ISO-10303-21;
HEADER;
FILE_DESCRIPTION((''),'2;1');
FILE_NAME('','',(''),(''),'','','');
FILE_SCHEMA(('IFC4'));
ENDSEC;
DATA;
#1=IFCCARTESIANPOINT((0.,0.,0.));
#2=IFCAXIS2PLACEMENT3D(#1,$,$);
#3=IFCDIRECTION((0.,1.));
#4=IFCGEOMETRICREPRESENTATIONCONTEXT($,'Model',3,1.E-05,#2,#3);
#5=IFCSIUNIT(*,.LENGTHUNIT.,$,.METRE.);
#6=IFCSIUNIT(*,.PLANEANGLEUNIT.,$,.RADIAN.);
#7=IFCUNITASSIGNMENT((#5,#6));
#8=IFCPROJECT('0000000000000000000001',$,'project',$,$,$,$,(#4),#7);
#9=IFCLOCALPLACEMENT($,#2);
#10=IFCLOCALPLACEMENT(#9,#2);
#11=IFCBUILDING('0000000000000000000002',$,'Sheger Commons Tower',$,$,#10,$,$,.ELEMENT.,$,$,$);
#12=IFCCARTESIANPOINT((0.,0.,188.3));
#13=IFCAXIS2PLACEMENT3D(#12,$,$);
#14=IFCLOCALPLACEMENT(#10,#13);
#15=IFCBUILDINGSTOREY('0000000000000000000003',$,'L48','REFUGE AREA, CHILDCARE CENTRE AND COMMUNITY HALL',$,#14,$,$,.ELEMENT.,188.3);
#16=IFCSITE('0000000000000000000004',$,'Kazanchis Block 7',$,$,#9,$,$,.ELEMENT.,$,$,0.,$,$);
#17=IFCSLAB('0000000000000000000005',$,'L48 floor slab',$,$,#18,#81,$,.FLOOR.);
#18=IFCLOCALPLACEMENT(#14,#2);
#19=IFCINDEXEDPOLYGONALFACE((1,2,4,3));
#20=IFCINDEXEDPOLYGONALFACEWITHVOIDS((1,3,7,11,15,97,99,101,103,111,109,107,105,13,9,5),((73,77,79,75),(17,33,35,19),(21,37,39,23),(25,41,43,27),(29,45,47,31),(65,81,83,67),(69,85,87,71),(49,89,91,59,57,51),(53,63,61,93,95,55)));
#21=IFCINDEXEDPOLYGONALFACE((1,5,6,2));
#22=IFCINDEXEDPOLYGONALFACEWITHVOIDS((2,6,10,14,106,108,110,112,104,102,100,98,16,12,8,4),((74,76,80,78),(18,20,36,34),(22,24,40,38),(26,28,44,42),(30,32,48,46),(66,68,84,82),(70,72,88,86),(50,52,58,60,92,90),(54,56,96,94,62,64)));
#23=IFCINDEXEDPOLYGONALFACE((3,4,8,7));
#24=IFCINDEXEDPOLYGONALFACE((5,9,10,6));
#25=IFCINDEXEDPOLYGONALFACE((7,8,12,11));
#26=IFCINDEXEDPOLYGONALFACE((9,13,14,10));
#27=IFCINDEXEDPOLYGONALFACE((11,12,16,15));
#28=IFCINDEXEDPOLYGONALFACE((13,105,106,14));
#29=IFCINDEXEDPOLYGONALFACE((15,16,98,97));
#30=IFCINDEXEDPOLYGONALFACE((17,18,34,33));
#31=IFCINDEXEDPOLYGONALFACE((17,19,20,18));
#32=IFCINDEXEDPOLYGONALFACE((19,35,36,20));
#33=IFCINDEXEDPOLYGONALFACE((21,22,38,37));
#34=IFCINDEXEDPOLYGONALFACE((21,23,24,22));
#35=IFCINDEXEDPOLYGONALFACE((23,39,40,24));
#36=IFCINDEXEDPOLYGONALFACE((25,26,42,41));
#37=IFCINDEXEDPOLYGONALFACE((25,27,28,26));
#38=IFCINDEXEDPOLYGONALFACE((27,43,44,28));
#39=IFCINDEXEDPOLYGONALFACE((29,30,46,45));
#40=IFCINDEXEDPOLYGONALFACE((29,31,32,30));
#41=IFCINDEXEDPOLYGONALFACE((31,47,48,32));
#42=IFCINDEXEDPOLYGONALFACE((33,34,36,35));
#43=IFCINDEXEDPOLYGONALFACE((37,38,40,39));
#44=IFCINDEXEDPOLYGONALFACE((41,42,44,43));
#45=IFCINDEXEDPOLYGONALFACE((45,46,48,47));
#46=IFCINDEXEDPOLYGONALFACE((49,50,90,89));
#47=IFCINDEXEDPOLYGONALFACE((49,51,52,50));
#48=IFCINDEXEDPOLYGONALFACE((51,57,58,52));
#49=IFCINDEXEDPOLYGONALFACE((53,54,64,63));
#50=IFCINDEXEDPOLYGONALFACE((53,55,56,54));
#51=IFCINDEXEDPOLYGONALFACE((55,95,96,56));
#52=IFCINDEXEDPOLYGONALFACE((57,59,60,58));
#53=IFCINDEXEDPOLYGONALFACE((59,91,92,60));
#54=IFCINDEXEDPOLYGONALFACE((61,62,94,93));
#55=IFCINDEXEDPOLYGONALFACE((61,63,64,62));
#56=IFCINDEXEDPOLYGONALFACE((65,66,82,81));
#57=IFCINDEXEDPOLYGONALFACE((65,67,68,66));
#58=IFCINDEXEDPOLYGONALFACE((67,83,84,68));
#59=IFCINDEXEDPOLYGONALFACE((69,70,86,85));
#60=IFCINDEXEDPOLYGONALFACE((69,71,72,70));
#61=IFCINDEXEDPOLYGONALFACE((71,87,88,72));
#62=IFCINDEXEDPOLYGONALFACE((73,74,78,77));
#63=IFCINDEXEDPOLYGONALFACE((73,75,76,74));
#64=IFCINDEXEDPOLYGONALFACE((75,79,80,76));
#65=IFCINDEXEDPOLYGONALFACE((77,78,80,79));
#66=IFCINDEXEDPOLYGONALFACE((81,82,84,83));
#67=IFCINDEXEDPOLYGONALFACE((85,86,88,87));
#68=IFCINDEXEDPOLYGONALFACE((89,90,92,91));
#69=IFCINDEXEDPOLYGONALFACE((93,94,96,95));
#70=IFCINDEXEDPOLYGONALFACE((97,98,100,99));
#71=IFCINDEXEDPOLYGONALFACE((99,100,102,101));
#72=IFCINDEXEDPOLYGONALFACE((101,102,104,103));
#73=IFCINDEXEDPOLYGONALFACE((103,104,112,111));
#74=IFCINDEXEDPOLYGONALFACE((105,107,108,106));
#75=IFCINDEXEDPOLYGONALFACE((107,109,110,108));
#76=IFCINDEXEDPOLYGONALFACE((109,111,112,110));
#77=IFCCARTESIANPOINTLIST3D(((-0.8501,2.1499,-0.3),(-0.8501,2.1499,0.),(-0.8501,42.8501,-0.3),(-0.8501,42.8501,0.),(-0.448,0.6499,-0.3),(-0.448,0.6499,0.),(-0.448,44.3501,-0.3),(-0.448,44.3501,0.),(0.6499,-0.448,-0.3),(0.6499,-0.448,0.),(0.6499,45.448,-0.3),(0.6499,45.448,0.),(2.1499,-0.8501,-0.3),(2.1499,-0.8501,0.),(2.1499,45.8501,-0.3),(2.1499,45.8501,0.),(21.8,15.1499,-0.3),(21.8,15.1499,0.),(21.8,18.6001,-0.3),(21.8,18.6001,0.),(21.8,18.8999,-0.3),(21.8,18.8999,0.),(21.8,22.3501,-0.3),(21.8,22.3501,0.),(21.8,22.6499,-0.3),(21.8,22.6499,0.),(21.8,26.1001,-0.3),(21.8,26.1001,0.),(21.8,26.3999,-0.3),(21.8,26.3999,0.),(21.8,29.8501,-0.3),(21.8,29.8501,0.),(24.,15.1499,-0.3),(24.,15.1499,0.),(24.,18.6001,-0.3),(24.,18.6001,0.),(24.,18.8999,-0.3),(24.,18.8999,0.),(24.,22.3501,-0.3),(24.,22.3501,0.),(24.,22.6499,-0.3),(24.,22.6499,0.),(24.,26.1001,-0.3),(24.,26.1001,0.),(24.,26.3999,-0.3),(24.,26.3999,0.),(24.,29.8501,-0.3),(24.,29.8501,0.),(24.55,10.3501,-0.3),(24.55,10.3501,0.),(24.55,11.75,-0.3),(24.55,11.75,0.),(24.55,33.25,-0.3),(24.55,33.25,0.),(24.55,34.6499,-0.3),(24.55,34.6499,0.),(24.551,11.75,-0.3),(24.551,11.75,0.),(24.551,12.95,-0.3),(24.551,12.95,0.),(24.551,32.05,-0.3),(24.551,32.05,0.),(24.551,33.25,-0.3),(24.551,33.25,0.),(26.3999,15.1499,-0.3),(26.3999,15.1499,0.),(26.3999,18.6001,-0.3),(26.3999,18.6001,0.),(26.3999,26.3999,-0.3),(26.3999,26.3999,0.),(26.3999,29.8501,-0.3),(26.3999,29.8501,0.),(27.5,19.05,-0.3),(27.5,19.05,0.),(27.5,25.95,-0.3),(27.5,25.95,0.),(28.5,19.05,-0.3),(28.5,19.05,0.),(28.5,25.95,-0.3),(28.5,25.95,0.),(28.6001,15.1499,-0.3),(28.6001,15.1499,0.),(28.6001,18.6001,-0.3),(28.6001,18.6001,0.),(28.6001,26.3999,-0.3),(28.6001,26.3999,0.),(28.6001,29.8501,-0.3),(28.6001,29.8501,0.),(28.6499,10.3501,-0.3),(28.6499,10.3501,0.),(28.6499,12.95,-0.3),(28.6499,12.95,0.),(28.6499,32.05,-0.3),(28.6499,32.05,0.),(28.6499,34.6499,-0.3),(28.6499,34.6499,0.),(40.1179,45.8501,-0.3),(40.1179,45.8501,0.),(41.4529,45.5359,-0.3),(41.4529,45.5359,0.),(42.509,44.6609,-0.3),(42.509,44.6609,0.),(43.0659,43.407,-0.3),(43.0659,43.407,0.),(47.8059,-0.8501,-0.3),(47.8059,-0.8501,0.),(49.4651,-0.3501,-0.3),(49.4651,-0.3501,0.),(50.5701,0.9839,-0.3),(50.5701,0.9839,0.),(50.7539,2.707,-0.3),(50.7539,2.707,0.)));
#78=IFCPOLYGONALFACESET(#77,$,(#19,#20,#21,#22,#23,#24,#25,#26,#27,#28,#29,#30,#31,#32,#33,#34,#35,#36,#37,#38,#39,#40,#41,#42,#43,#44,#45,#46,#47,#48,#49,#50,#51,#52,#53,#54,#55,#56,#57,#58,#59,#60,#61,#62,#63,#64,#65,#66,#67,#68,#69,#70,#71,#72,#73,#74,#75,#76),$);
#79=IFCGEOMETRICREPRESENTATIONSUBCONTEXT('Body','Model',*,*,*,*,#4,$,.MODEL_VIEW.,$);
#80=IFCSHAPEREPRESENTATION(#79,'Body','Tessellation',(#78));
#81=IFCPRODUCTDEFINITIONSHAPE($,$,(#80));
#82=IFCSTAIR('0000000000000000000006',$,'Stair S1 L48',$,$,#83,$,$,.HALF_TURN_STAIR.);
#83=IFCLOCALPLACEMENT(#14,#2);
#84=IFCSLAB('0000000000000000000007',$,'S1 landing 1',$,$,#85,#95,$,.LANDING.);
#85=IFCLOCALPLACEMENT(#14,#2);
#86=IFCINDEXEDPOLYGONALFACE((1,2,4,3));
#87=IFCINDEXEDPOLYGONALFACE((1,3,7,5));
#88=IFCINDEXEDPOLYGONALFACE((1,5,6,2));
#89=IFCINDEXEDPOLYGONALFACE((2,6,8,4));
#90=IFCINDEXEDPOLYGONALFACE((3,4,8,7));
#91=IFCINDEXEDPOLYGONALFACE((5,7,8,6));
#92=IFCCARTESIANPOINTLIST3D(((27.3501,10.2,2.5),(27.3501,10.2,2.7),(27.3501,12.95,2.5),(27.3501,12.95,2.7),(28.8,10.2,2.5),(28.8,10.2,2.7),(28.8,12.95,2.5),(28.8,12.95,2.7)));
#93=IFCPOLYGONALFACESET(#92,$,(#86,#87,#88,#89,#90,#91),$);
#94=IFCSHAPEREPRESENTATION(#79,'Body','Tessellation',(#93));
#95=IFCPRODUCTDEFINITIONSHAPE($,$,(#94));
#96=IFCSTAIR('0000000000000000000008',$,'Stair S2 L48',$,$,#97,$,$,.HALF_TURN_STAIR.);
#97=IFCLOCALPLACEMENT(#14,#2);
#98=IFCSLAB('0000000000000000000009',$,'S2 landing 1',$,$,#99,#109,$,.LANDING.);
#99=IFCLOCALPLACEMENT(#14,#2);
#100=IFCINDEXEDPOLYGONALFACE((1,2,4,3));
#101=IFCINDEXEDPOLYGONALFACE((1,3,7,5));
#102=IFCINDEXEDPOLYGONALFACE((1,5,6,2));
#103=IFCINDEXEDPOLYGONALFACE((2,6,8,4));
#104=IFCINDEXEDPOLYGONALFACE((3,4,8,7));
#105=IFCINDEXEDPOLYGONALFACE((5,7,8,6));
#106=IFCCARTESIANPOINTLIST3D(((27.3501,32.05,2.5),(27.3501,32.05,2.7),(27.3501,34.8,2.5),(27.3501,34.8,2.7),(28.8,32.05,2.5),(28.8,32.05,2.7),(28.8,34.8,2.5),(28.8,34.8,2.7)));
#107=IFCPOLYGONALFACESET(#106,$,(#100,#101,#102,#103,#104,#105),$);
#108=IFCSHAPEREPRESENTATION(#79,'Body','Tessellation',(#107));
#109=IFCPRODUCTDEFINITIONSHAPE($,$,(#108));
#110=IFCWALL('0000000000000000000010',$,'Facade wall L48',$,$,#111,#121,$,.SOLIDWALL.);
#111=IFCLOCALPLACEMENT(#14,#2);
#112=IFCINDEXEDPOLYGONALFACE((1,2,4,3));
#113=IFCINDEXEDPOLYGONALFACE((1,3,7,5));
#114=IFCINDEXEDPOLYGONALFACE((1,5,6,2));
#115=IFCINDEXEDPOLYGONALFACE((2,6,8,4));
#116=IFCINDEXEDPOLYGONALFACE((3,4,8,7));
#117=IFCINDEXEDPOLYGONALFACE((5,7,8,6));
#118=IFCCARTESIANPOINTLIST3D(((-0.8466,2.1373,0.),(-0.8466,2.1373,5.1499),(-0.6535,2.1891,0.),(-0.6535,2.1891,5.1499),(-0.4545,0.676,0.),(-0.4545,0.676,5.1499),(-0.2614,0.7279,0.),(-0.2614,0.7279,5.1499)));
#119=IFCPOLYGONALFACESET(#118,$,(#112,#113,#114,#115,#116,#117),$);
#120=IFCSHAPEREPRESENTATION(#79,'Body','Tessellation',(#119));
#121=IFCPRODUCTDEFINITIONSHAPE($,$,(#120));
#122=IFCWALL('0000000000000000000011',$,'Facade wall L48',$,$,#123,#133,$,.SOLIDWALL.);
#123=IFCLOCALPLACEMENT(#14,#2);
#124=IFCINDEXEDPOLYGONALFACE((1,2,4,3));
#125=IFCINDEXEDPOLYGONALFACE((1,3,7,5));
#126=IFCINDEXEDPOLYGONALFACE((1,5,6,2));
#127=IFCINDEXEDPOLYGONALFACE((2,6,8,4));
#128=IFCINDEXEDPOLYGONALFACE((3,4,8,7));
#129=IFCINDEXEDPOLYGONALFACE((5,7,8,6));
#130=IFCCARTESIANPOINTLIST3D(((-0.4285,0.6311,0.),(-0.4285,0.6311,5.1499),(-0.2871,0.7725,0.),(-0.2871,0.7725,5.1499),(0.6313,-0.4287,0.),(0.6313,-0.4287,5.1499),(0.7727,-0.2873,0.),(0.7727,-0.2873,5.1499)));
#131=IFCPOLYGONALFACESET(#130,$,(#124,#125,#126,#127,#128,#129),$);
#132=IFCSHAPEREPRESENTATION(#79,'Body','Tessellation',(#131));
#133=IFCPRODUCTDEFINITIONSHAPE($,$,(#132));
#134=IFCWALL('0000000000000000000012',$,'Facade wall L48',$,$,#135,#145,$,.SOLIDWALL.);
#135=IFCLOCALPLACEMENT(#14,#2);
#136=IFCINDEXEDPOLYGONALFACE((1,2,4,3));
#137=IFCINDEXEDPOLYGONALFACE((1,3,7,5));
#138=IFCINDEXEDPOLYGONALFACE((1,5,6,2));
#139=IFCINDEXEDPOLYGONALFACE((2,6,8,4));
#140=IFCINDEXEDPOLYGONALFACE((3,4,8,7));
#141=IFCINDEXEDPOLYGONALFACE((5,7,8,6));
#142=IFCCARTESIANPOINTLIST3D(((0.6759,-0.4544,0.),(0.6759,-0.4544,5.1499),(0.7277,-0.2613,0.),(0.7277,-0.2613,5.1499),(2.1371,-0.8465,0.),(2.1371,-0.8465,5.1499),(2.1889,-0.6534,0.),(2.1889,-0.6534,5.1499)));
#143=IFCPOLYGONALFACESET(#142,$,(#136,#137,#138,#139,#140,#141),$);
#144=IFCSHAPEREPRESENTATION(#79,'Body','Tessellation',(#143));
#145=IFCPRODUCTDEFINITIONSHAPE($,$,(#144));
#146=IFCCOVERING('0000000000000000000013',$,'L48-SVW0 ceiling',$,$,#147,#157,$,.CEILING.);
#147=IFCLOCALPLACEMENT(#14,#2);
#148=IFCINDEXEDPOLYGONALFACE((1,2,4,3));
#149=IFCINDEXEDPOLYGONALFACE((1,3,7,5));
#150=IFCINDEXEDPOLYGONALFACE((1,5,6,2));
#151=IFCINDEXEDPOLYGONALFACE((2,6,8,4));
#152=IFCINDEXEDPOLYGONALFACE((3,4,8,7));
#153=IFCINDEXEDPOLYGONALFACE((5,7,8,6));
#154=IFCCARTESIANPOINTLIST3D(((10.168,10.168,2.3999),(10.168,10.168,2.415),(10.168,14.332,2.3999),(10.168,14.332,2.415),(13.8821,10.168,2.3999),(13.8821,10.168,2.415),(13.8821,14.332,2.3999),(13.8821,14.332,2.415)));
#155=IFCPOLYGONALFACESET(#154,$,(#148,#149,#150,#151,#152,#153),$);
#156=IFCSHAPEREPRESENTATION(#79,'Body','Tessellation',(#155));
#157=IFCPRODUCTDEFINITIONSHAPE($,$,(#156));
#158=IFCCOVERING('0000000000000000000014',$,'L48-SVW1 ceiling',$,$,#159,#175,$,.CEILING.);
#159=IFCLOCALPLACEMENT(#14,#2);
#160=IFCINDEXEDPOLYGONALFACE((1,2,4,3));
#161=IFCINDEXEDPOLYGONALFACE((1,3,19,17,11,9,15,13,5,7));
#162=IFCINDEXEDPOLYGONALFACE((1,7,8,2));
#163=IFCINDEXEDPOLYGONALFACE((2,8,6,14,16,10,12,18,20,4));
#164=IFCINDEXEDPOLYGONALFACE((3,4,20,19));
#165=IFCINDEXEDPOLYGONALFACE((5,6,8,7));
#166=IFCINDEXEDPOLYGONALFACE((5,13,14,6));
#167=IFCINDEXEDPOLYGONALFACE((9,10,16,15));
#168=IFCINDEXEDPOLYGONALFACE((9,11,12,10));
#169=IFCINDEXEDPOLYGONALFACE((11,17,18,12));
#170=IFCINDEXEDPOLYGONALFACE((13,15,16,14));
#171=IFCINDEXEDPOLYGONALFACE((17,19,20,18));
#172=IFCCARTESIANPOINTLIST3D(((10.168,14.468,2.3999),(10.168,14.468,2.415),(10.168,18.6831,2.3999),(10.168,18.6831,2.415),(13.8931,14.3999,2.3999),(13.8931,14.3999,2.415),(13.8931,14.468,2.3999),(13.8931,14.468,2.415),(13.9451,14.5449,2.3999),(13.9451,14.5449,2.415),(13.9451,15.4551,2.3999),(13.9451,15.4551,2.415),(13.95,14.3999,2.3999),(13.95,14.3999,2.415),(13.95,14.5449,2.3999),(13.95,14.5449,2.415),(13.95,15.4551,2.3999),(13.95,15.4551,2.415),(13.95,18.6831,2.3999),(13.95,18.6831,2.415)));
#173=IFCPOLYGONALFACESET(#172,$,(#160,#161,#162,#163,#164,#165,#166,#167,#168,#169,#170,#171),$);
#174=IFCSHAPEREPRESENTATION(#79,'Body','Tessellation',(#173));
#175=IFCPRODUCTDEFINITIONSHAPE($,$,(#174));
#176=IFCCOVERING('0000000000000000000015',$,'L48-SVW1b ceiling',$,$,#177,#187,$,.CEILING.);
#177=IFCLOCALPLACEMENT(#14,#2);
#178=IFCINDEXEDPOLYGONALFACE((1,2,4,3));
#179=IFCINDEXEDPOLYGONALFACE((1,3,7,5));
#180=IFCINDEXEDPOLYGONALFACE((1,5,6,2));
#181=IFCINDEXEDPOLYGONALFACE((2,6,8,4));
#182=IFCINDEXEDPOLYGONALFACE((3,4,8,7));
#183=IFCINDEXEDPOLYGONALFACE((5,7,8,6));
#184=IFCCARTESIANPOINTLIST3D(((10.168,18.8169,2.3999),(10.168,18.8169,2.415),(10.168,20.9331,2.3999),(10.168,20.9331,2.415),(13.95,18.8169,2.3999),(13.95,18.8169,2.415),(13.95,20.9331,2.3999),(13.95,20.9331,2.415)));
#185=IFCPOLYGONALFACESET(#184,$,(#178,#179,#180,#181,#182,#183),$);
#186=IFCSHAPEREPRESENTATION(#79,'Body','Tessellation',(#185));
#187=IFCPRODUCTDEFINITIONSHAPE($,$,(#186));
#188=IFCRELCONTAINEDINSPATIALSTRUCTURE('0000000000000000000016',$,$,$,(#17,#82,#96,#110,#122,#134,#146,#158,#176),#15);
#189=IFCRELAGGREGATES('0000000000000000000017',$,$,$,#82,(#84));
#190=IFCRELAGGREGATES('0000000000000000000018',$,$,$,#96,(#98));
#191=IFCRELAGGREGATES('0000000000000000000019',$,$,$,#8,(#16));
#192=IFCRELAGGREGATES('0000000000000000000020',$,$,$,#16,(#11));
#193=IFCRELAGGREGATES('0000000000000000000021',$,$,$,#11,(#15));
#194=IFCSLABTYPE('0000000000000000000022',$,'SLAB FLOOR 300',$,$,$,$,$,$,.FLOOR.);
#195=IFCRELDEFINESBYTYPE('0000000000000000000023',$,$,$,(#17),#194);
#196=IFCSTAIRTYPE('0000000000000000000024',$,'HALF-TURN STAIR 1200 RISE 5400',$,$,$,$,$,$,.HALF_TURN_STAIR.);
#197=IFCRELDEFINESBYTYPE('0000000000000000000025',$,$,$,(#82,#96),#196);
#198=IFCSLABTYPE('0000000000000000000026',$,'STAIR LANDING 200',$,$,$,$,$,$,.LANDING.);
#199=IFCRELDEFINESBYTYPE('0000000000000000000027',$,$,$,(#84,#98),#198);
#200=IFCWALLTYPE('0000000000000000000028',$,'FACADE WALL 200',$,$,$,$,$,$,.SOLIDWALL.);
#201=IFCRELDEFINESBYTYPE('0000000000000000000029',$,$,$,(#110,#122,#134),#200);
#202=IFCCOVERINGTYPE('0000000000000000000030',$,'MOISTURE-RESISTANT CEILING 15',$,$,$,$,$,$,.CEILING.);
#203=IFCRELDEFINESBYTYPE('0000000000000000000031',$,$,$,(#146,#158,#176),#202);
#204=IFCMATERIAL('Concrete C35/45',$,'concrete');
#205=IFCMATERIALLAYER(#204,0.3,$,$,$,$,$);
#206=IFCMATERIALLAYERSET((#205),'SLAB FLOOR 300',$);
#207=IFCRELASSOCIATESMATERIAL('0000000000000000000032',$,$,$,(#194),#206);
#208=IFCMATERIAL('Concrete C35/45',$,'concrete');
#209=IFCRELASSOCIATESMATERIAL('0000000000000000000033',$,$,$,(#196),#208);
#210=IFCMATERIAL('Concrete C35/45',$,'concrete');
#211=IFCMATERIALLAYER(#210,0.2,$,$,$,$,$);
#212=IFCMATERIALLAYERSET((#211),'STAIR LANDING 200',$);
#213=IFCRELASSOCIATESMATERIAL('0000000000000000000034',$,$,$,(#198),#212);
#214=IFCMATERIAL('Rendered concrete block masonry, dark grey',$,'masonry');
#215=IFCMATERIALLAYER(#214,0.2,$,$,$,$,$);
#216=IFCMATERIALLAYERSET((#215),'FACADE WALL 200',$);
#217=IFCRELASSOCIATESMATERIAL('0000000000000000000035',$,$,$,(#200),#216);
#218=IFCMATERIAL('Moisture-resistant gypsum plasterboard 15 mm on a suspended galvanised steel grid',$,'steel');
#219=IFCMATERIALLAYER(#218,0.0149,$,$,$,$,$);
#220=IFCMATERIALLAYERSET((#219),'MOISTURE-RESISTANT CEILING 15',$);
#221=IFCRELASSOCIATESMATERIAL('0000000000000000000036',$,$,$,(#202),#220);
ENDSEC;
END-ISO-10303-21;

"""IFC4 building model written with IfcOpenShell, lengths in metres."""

from ifc_helpers import new_model, si_unit, direction, frame, frame_2d, origin, place, context, subcontext, project, spatial, polyline, rectangle, outline, extrude, material, layer, layer_set, type_object, element, aggregate, save


model = new_model("IFC4")

# Units and contexts
model_context = context("Model", 3, precision=1e-05, world=origin(), true_north=direction((0.0, 1.0)))
body_context = subcontext(model_context, "Body", "Model", "MODEL_VIEW")
ifc_project = project(units=[si_unit("LENGTHUNIT", "METRE"), si_unit("PLANEANGLEUNIT", "RADIAN")], contexts=[model_context])

# Site, building, storey
site_placement = place(None, origin())
site = spatial("IfcSite", under=ifc_project, at=site_placement, Name="Kazanchis Block 7", CompositionType="ELEMENT", RefElevation=0.0)
building_placement = place(site_placement, origin())
building = spatial("IfcBuilding", under=site, at=building_placement, Name="Sheger Commons Tower", CompositionType="ELEMENT")
storey_placement = place(building_placement, frame((0.0, 0.0, 188.3)))
storey = spatial("IfcBuildingStorey", under=building, at=storey_placement, Name="L48", Description="REFUGE AREA, CHILDCARE CENTRE AND COMMUNITY HALL", CompositionType="ELEMENT", Elevation=188.3)

# Slab
ifc_material_1 = material(Name="Concrete C35/45", Category="concrete")
ifc_layer_1 = layer(ifc_material_1, 0.3)
ifc_layer_set_1 = layer_set([ifc_layer_1], Name="SLAB FLOOR 300")
slab_type_1 = type_object("IfcSlabType", Name="SLAB FLOOR 300", PredefinedType="FLOOR", material=ifc_layer_set_1)
slab_1_placement = place(storey_placement, frame((0.0, 0.0, -0.3)))
element("IfcSlab", 1, at=slab_1_placement, inside=storey, type_object=slab_type_1, Name="L48 floor slab", PredefinedType="FLOOR", context=body_context, shape_type="SweptSolid", body=[
    extrude(outline(polyline([(-0.8501, 2.1499), (-0.448, 0.6499), (0.6499, -0.448), (2.1499, -0.8501), (47.8059, -0.8501), (49.4651, -0.3501), (50.5701, 0.9839), (50.7539, 2.707), (43.0659, 43.407), (42.509, 44.6609), (41.4529, 45.5359), (40.1179, 45.8501), (2.1499, 45.8501), (0.6499, 45.448), (-0.448, 44.3501), (-0.8501, 42.8501), (-0.8501, 2.1499)]), holes=[polyline([(24.55, 10.3501), (28.6499, 10.3501), (28.6499, 12.95), (24.551, 12.95), (24.551, 11.75), (24.55, 11.75), (24.55, 10.3501)]), polyline([(24.551, 32.05), (28.6499, 32.05), (28.6499, 34.6499), (24.55, 34.6499), (24.55, 33.25), (24.551, 33.25), (24.551, 32.05)]), polyline([(26.3999, 15.1499), (28.6001, 15.1499), (28.6001, 18.6001), (26.3999, 18.6001), (26.3999, 15.1499)]), polyline([(26.3999, 26.3999), (28.6001, 26.3999), (28.6001, 29.8501), (26.3999, 29.8501), (26.3999, 26.3999)]), polyline([(21.8, 15.1499), (24.0, 15.1499), (24.0, 18.6001), (21.8, 18.6001), (21.8, 15.1499)]), polyline([(21.8, 18.8999), (24.0, 18.8999), (24.0, 22.3501), (21.8, 22.3501), (21.8, 18.8999)]), polyline([(21.8, 22.6499), (24.0, 22.6499), (24.0, 26.1001), (21.8, 26.1001), (21.8, 22.6499)]), polyline([(21.8, 26.3999), (24.0, 26.3999), (24.0, 29.8501), (21.8, 29.8501), (21.8, 26.3999)]), polyline([(27.5, 19.05), (28.5, 19.05), (28.5, 25.95), (27.5, 25.95), (27.5, 19.05)])]), origin(), (0.0, 0.0, 1.0), 0.3),
])

# Stairs, slabs
ifc_material_2 = material(Name="Concrete C35/45", Category="concrete")
stair_type = type_object("IfcStairType", Name="HALF-TURN STAIR 1200 RISE 5400", PredefinedType="HALF_TURN_STAIR", material=ifc_material_2)
stair_1_placement = place(storey_placement, origin())
stair_1 = element("IfcStair", 2, at=stair_1_placement, inside=storey, type_object=stair_type, Name="Stair S1 L48", PredefinedType="HALF_TURN_STAIR")
ifc_material_3 = material(Name="Concrete C35/45", Category="concrete")
ifc_layer_2 = layer(ifc_material_3, 0.2)
ifc_layer_set_2 = layer_set([ifc_layer_2], Name="STAIR LANDING 200")
slab_type_2 = type_object("IfcSlabType", Name="STAIR LANDING 200", PredefinedType="LANDING", material=ifc_layer_set_2)
slab_2_placement = place(storey_placement, frame((0.0, 0.0, 2.5)))
slab_2 = element("IfcSlab", 3, at=slab_2_placement, type_object=slab_type_2, Name="S1 landing 1", PredefinedType="LANDING", context=body_context, shape_type="SweptSolid", body=[
    extrude(outline(polyline([(27.3501, 10.2), (28.8, 10.2), (28.8, 12.95), (27.3501, 12.95), (27.3501, 10.2)])), origin(), (0.0, 0.0, 1.0), 0.2),
])
aggregate(stair_1, [slab_2])
stair_2_placement = place(storey_placement, origin())
stair_2 = element("IfcStair", 4, at=stair_2_placement, inside=storey, type_object=stair_type, Name="Stair S2 L48", PredefinedType="HALF_TURN_STAIR")
slab_3_placement = place(storey_placement, frame((0.0, 0.0, 2.5)))
slab_3 = element("IfcSlab", 5, at=slab_3_placement, type_object=slab_type_2, Name="S2 landing 1", PredefinedType="LANDING", context=body_context, shape_type="SweptSolid", body=[
    extrude(outline(polyline([(27.3501, 32.05), (28.8, 32.05), (28.8, 34.8), (27.3501, 34.8), (27.3501, 32.05)])), origin(), (0.0, 0.0, 1.0), 0.2),
])
aggregate(stair_2, [slab_3])

# Walls
ifc_material_4 = material(Name="Rendered concrete block masonry, dark grey", Category="masonry")
ifc_layer_3 = layer(ifc_material_4, 0.2)
ifc_layer_set_3 = layer_set([ifc_layer_3], Name="FACADE WALL 200")
wall_type = type_object("IfcWallType", Name="FACADE WALL 200", PredefinedType="SOLIDWALL", material=ifc_layer_set_3)
wall_1_placement = place(storey_placement, frame((-0.75, 2.1631, 0.0), z_axis=(0.0, 0.0, 1.0), x_axis=(0.259169, -0.965832, 0.0)))
element("IfcWall", 6, at=wall_1_placement, inside=storey, type_object=wall_type, Name="Facade wall L48", PredefinedType="SOLIDWALL", context=body_context, shape_type="SweptSolid", body=[
    extrude(rectangle(XDim=1.5129, YDim=0.2, at=frame_2d((0.7563, 0.0))), origin(), (0.0, 0.0, 1.0), 5.1499),
])
wall_2_placement = place(storey_placement, frame((-0.3579, 0.7019, 0.0), z_axis=(0.0, 0.0, 1.0), x_axis=(0.707107, -0.707107, 0.0)))
element("IfcWall", 7, at=wall_2_placement, inside=storey, type_object=wall_type, Name="Facade wall L48", PredefinedType="SOLIDWALL", context=body_context, shape_type="SweptSolid", body=[
    extrude(rectangle(XDim=1.4988, YDim=0.2, at=frame_2d((0.7495, 0.0))), origin(), (0.0, 0.0, 1.0), 5.1499),
])
wall_3_placement = place(storey_placement, frame((0.7019, -0.3579, 0.0), z_axis=(0.0, 0.0, 1.0), x_axis=(0.965832, -0.259169, 0.0)))
element("IfcWall", 8, at=wall_3_placement, inside=storey, type_object=wall_type, Name="Facade wall L48", PredefinedType="SOLIDWALL", context=body_context, shape_type="SweptSolid", body=[
    extrude(rectangle(XDim=1.5129, YDim=0.2, at=frame_2d((0.7563, 0.0))), origin(), (0.0, 0.0, 1.0), 5.1499),
])

# Coverings
ifc_material_5 = material(Name="Moisture-resistant gypsum plasterboard 15 mm on a suspended galvanised steel grid", Category="steel")
ifc_layer_4 = layer(ifc_material_5, 0.0149)
ifc_layer_set_4 = layer_set([ifc_layer_4], Name="MOISTURE-RESISTANT CEILING 15")
covering_type_1 = type_object("IfcCoveringType", Name="MOISTURE-RESISTANT CEILING 15", PredefinedType="CEILING", material=ifc_layer_set_4)
covering_1_placement = place(storey_placement, frame((0.0, 0.0, 2.3999)))
element("IfcCovering", 9, at=covering_1_placement, inside=storey, type_object=covering_type_1, Name="L48-SVW0 ceiling", PredefinedType="CEILING", context=body_context, shape_type="SweptSolid", body=[
    extrude(outline(polyline([(10.168, 10.168), (13.8821, 10.168), (13.8821, 14.332), (10.168, 14.332), (10.168, 10.168)])), origin(), (0.0, 0.0, 1.0), 0.0151),
])
covering_2_placement = place(storey_placement, frame((0.0, 0.0, 2.3999)))
element("IfcCovering", 10, at=covering_2_placement, inside=storey, type_object=covering_type_1, Name="L48-SVW1 ceiling", PredefinedType="CEILING", context=body_context, shape_type="SweptSolid", body=[
    extrude(outline(polyline([(13.8931, 14.3999), (13.95, 14.3999), (13.95, 14.5449), (13.9451, 14.5449), (13.9451, 15.4551), (13.95, 15.4551), (13.95, 18.6831), (10.168, 18.6831), (10.168, 14.468), (13.8931, 14.468), (13.8931, 14.3999)])), origin(), (0.0, 0.0, 1.0), 0.0151),
])
covering_3_placement = place(storey_placement, frame((0.0, 0.0, 2.3999)))
element("IfcCovering", 11, at=covering_3_placement, inside=storey, type_object=covering_type_1, Name="L48-SVW1b ceiling", PredefinedType="CEILING", context=body_context, shape_type="SweptSolid", body=[
    extrude(outline(polyline([(10.168, 18.8169), (13.95, 18.8169), (13.95, 20.9331), (10.168, 20.9331), (10.168, 18.8169)])), origin(), (0.0, 0.0, 1.0), 0.0151),
])

save(model, "model.ifc")
